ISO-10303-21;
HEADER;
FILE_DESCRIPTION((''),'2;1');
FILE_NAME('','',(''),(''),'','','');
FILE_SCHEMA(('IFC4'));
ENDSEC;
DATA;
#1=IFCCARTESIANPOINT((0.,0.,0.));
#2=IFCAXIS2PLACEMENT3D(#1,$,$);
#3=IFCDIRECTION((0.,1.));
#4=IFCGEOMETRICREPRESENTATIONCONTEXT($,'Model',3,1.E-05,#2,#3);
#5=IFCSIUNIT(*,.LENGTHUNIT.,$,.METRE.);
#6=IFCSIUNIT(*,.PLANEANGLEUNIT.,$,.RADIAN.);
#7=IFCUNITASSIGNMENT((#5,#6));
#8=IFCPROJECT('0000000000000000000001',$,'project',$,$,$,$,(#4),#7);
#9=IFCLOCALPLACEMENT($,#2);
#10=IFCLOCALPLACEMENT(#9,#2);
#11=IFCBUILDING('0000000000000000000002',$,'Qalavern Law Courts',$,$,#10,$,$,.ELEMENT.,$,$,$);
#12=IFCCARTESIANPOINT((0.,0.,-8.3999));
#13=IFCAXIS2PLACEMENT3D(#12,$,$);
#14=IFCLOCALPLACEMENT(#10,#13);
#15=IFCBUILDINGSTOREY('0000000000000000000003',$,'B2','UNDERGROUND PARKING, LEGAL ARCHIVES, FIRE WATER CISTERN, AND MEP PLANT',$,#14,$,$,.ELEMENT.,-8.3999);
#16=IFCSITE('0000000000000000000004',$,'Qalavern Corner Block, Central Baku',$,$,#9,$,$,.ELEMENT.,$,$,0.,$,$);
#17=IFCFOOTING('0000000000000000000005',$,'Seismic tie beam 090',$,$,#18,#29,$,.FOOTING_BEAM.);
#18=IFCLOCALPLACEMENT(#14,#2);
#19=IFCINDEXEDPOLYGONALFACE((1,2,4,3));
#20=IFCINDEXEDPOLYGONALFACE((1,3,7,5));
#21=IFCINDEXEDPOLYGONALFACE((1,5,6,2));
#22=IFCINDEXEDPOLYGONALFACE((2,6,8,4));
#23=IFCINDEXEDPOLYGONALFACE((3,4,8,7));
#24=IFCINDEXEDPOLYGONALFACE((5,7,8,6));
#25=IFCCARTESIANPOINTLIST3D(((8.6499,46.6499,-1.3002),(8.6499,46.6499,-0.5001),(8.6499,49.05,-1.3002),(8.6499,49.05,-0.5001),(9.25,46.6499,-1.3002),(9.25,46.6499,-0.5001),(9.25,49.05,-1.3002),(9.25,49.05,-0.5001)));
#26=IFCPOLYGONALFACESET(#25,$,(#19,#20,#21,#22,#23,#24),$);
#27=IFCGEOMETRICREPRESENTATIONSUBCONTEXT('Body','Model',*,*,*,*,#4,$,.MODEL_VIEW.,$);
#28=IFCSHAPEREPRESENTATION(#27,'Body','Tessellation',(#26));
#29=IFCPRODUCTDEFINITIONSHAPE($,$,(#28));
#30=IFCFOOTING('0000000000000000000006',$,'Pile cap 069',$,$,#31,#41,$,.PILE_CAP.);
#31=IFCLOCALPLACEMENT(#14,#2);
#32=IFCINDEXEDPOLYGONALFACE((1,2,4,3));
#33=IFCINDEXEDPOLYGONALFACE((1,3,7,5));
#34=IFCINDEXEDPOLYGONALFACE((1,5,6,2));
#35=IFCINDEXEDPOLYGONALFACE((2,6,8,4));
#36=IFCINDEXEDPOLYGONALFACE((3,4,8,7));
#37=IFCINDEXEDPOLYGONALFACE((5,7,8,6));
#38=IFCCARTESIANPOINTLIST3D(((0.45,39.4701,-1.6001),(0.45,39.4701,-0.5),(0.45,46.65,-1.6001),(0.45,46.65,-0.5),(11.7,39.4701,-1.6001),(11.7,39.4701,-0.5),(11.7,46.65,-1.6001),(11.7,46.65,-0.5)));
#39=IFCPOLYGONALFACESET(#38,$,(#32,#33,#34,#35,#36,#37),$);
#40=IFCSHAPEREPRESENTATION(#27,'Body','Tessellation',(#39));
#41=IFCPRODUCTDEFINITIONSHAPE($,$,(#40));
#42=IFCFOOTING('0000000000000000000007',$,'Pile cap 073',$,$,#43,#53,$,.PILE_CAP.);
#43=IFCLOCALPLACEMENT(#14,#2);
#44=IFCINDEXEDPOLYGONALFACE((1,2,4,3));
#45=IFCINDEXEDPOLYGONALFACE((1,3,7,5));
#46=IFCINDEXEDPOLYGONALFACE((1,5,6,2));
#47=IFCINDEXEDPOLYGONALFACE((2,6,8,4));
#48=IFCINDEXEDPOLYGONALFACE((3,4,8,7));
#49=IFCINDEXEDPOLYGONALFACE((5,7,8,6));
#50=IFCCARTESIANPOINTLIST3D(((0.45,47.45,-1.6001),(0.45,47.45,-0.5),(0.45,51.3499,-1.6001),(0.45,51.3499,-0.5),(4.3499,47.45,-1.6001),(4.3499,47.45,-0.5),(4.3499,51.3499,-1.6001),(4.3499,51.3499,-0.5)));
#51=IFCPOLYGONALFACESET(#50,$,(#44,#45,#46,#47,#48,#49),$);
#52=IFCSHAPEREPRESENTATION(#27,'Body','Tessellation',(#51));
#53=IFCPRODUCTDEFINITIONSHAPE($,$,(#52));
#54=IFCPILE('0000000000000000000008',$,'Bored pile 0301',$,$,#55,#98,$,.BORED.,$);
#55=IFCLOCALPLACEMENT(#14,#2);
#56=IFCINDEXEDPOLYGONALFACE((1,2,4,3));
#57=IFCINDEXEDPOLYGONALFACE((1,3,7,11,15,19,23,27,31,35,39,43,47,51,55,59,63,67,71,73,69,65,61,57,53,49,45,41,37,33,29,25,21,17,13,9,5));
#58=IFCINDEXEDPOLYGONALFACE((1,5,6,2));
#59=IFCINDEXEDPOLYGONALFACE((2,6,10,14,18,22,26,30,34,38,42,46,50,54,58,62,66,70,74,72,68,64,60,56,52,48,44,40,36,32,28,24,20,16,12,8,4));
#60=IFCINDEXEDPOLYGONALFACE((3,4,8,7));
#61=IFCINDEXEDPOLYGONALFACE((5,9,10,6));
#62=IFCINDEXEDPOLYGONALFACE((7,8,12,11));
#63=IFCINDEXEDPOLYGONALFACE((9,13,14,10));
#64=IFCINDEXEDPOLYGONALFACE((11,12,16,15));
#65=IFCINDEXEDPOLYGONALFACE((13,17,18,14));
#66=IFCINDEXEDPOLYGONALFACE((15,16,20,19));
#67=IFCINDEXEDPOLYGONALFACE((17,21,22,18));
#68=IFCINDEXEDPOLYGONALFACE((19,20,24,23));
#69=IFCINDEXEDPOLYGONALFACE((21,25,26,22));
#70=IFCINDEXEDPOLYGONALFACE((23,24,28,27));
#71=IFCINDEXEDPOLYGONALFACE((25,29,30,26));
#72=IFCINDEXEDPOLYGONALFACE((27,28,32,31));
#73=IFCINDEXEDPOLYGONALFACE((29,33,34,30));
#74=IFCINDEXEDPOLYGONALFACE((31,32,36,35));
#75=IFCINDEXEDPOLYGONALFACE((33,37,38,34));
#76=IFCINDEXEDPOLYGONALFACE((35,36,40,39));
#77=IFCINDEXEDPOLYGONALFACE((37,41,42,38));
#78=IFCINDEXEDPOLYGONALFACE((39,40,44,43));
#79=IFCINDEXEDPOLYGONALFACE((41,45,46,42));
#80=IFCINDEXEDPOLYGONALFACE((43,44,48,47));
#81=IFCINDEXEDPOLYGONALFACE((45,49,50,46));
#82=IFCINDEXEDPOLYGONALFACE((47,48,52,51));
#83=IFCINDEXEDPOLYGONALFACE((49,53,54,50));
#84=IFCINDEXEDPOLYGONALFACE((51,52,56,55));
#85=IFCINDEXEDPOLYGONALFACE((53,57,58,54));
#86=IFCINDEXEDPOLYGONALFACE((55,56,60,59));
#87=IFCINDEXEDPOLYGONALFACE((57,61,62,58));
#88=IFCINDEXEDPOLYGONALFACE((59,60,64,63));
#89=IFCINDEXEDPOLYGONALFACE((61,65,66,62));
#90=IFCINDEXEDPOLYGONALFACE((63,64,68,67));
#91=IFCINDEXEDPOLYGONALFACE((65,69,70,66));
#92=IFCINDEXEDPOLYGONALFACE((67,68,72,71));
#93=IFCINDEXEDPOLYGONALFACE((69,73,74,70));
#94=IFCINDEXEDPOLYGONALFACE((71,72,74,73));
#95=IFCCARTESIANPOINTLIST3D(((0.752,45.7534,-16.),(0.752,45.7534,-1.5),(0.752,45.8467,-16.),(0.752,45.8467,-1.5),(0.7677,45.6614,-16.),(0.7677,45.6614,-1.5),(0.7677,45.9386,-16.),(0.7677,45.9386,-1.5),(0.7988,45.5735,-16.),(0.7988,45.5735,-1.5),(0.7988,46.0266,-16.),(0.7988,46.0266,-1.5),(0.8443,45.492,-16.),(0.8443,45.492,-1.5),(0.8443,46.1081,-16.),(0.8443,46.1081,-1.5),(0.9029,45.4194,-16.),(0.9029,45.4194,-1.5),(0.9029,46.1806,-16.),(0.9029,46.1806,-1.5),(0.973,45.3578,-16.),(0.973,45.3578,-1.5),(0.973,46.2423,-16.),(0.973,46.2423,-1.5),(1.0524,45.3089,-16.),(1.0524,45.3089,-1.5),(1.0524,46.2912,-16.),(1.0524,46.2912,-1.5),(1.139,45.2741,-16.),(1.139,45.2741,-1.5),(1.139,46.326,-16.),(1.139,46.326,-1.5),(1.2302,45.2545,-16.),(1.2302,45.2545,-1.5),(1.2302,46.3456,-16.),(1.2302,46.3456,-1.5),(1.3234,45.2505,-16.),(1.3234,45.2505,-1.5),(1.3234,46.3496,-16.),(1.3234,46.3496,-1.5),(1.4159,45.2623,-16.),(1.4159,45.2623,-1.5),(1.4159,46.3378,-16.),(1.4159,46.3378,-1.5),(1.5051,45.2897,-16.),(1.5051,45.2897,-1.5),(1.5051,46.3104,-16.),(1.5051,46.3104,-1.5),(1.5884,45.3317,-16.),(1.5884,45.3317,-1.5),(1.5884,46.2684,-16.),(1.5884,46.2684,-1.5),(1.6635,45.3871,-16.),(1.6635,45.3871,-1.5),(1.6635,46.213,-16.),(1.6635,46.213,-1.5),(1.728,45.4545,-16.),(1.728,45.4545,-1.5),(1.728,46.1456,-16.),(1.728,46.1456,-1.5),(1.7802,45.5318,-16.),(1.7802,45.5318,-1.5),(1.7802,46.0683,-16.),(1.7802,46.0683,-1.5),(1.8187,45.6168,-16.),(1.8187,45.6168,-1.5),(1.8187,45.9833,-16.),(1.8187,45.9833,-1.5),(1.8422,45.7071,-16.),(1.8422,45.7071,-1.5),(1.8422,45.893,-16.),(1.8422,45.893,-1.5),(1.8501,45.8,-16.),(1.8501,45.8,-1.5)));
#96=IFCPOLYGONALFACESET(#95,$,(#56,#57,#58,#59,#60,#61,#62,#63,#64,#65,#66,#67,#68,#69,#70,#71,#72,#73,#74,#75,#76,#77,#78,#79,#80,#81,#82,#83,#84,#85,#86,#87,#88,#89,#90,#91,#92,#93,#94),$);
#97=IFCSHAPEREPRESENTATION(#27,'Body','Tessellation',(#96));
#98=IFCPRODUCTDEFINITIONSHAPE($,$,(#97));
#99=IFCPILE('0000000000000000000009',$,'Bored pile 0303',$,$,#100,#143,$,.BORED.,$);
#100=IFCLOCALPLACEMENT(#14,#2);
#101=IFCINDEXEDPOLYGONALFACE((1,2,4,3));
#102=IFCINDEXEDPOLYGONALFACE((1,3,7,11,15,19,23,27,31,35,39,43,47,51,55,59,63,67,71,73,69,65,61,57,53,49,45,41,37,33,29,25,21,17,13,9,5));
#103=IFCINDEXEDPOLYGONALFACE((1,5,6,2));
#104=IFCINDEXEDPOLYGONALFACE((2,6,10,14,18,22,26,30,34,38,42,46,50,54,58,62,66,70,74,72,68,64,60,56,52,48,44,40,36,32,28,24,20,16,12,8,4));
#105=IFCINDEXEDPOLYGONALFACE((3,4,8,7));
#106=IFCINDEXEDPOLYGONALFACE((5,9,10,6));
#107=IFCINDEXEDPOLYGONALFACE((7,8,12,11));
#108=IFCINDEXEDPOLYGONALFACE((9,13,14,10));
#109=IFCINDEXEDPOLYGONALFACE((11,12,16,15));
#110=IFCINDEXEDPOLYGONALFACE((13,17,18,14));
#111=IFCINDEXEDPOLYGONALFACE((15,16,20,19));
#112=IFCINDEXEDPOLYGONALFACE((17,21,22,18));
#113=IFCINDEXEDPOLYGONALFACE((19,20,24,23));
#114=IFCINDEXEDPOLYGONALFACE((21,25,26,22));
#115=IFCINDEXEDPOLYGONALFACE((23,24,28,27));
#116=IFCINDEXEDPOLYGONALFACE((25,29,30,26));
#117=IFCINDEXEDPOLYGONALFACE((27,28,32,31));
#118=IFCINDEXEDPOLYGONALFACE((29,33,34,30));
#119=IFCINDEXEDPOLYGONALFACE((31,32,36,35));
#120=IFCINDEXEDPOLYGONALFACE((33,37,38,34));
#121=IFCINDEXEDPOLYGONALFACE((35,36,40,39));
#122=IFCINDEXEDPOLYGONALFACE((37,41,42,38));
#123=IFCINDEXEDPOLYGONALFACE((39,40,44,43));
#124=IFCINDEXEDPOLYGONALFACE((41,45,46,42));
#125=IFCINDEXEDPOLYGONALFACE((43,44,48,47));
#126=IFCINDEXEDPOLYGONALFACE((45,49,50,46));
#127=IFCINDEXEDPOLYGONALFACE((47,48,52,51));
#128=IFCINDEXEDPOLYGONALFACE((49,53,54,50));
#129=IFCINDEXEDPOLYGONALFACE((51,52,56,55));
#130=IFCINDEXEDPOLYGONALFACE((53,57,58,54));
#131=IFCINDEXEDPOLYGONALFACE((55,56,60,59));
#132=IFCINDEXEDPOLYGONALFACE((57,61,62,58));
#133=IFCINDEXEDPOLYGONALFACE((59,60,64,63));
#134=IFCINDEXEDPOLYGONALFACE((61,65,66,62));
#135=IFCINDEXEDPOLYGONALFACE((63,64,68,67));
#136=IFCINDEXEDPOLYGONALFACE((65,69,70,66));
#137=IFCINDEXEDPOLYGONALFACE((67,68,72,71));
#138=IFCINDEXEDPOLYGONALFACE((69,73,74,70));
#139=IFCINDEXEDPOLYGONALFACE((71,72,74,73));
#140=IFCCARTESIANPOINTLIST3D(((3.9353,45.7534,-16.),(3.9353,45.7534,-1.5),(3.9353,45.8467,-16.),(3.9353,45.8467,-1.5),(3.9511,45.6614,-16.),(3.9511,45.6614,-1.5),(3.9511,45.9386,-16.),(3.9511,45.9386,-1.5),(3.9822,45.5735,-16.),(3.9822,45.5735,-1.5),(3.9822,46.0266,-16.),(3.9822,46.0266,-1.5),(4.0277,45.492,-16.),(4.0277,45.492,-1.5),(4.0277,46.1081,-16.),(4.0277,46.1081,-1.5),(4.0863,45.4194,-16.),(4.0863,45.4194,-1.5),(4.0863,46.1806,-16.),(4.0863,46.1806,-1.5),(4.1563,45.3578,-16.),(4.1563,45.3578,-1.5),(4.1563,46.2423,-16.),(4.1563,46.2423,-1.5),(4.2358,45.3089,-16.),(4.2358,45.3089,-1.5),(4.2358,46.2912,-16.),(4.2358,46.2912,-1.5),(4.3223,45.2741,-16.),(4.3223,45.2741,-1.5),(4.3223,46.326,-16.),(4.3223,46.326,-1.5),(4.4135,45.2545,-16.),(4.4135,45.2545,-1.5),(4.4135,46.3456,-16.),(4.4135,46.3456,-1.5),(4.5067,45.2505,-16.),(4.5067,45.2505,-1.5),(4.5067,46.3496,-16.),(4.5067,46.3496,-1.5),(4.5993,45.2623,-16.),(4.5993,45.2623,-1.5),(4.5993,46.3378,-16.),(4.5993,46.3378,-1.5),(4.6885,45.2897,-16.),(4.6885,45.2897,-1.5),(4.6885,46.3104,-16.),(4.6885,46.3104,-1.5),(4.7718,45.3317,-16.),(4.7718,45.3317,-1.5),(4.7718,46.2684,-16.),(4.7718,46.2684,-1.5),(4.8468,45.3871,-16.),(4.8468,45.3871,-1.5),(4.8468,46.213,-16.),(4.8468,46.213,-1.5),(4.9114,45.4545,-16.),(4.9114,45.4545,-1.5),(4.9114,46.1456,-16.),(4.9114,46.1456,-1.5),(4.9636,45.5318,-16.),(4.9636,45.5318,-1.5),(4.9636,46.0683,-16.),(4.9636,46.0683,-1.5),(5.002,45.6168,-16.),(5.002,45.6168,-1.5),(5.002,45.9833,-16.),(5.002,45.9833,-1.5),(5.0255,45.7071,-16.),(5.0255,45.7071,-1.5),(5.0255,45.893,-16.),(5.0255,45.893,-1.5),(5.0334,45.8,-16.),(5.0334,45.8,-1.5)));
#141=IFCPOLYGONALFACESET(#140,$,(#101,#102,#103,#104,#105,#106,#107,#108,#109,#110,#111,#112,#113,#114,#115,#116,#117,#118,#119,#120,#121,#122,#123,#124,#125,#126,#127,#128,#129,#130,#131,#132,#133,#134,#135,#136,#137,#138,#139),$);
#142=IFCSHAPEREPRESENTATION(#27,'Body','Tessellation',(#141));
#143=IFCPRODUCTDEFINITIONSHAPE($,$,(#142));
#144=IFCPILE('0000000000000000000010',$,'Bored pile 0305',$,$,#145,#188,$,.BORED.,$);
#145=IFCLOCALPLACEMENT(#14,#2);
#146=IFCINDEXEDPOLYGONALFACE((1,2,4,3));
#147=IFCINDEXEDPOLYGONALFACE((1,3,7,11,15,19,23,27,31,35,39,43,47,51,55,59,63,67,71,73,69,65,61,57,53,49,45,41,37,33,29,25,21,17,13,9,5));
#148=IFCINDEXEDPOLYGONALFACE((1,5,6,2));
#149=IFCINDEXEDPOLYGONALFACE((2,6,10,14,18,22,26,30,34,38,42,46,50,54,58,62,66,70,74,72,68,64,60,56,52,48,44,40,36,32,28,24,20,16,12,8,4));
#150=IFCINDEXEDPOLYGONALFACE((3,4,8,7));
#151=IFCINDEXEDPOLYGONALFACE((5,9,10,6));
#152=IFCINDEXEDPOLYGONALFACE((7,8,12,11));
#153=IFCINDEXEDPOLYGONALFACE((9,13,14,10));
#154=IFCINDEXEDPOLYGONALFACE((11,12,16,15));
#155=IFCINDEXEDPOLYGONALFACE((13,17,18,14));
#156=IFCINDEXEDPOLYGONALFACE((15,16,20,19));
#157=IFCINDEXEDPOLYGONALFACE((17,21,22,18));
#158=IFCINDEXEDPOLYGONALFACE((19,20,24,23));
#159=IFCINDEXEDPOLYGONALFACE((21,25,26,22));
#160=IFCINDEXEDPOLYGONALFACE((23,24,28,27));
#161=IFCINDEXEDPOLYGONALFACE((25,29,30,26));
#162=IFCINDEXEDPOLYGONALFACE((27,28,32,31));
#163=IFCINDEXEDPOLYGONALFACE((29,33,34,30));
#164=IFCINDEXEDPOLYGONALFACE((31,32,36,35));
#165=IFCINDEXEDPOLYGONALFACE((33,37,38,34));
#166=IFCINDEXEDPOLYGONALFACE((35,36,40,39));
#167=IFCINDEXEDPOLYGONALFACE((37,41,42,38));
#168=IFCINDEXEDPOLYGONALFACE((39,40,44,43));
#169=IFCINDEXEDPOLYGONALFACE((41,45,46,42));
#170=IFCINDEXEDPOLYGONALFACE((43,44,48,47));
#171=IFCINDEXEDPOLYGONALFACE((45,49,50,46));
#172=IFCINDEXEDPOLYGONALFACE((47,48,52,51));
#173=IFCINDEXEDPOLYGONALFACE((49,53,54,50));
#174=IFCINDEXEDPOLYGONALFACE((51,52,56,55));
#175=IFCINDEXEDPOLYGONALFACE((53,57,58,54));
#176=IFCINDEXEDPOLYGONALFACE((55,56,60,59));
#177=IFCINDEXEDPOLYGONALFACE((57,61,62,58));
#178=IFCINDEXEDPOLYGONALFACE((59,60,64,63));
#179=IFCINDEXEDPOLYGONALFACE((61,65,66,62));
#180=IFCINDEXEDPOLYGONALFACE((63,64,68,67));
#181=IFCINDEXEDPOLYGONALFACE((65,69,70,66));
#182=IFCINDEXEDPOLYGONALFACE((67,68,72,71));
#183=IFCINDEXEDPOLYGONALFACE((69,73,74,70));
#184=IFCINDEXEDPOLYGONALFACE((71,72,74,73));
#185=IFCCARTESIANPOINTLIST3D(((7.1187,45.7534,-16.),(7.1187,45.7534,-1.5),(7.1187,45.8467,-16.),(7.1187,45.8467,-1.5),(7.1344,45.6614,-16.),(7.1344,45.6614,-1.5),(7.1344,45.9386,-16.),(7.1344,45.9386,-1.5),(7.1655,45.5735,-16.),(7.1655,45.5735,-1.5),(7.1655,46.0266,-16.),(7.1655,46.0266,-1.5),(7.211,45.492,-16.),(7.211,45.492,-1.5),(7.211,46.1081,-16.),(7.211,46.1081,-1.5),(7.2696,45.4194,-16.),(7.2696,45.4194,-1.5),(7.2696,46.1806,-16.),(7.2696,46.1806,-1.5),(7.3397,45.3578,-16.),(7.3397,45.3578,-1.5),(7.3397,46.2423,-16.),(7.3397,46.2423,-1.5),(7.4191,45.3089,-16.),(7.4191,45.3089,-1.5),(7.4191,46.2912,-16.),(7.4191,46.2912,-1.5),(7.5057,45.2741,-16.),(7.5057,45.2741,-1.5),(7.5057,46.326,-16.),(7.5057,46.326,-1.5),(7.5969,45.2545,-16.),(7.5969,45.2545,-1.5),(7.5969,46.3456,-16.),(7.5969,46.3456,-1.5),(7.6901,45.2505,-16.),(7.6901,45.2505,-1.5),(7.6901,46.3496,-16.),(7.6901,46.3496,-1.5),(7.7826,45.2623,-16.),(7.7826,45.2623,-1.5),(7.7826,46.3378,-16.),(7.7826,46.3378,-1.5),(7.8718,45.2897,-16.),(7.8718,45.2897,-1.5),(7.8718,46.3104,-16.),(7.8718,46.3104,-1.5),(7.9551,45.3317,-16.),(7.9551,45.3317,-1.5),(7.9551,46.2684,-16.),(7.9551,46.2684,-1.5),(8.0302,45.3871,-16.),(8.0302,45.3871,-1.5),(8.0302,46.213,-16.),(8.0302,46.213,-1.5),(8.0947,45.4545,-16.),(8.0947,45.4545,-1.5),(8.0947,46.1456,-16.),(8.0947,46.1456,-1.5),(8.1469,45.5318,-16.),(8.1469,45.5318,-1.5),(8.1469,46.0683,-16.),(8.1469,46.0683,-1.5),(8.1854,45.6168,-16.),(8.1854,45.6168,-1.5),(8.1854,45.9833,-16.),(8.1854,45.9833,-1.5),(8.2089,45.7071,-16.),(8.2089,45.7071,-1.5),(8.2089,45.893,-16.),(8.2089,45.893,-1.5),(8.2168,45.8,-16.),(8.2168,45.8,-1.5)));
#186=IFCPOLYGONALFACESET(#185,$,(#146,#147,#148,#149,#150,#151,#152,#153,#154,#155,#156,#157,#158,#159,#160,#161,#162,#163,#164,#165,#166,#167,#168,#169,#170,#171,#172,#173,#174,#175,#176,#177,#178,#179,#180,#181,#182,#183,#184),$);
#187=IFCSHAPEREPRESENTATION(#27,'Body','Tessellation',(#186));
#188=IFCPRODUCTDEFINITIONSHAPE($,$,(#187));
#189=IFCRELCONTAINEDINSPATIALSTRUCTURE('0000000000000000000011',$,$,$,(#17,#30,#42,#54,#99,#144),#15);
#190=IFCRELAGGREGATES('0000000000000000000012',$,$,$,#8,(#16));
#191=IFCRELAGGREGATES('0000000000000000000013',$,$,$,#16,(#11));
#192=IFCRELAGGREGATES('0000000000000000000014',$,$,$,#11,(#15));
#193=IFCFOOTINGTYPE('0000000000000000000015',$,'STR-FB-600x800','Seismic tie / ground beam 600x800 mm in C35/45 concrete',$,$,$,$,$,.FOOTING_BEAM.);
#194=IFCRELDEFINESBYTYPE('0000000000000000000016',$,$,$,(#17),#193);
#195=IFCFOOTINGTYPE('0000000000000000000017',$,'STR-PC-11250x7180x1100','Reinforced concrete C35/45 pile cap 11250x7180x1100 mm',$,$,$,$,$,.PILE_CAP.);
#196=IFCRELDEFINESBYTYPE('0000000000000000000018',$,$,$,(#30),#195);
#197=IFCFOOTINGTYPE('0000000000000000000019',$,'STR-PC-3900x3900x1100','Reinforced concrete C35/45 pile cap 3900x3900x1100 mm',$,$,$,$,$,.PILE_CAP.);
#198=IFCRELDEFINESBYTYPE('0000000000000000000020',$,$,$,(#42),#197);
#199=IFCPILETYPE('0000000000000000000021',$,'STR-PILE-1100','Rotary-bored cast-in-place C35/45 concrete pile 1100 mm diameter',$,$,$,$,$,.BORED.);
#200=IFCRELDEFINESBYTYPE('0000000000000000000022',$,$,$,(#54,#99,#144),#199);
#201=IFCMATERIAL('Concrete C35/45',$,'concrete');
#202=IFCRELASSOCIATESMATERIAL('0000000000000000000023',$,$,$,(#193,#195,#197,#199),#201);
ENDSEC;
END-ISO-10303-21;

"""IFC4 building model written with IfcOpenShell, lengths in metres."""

from ifc_helpers import new_model, si_unit, direction, frame, origin, origin_2d, place, context, subcontext, project, spatial, rectangle, circle, extrude, material, material_profile, profile_set, type_object, element, save


model = new_model("IFC4")

# Units and contexts
model_context = context("Model", 3, precision=1e-05, world=origin(), true_north=direction((0.0, 1.0)))
body_context = subcontext(model_context, "Body", "Model", "MODEL_VIEW")
ifc_project = project(units=[si_unit("LENGTHUNIT", "METRE"), si_unit("PLANEANGLEUNIT", "RADIAN")], contexts=[model_context])

# Site, building, storey
site_placement = place(None, origin())
site = spatial("IfcSite", under=ifc_project, at=site_placement, Name="Qalavern Corner Block, Central Baku", CompositionType="ELEMENT", RefElevation=0.0)
building_placement = place(site_placement, origin())
building = spatial("IfcBuilding", under=site, at=building_placement, Name="Qalavern Law Courts", CompositionType="ELEMENT")
storey_placement = place(building_placement, frame((0.0, 0.0, -8.3999)))
storey = spatial("IfcBuildingStorey", under=building, at=storey_placement, Name="B2", Description="UNDERGROUND PARKING, LEGAL ARCHIVES, FIRE WATER CISTERN, AND MEP PLANT", CompositionType="ELEMENT", Elevation=-8.3999)

# Footings
ifc_material_1 = material(Name="Concrete C35/45", Category="concrete")
ifc_material_profile_1 = material_profile(ifc_material_1, rectangle(XDim=0.6001, YDim=0.8, at=origin_2d()), Name="RC 600x800")
ifc_profile_set_1 = profile_set([ifc_material_profile_1], Name="Concrete C35/45")
footing_type_1 = type_object("IfcFootingType", Name="STR-FB-600x800", Description="Seismic tie / ground beam 600x800 mm in C35/45 concrete", PredefinedType="FOOTING_BEAM", material=ifc_profile_set_1)
footing_1_placement = place(storey_placement, frame((8.95, 46.6499, -0.9001), z_axis=(0.0, 1.0, 0.0), x_axis=(-1.0, 0.0, 0.0)))
element("IfcFooting", 1, at=footing_1_placement, inside=storey, type_object=footing_type_1, Name="Seismic tie beam 090", PredefinedType="FOOTING_BEAM", context=body_context, shape_type="SweptSolid", body=[
    extrude(rectangle(XDim=0.6001, YDim=0.8, at=origin_2d()), origin(), (0.0, 0.0, 1.0), 2.4001),
])
footing_type_2 = type_object("IfcFootingType", Name="STR-PC-11250x7180x1100", Description="Reinforced concrete C35/45 pile cap 11250x7180x1100 mm", PredefinedType="PILE_CAP", material=ifc_material_1)
footing_2_placement = place(storey_placement, frame((6.075, 43.0601, -1.6001), z_axis=(0.0, 0.0, 1.0), x_axis=(1.0, 0.0, 0.0)))
element("IfcFooting", 2, at=footing_2_placement, inside=storey, type_object=footing_type_2, Name="Pile cap 069", PredefinedType="PILE_CAP", context=body_context, shape_type="SweptSolid", body=[
    extrude(rectangle(XDim=11.25, YDim=7.1799, at=origin_2d()), origin(), (0.0, 0.0, 1.0), 1.1001),
])
footing_type_3 = type_object("IfcFootingType", Name="STR-PC-3900x3900x1100", Description="Reinforced concrete C35/45 pile cap 3900x3900x1100 mm", PredefinedType="PILE_CAP", material=ifc_material_1)
footing_3_placement = place(storey_placement, frame((2.3999, 49.3999, -1.6001), z_axis=(0.0, 0.0, 1.0), x_axis=(1.0, 0.0, 0.0)))
element("IfcFooting", 3, at=footing_3_placement, inside=storey, type_object=footing_type_3, Name="Pile cap 073", PredefinedType="PILE_CAP", context=body_context, shape_type="SweptSolid", body=[
    extrude(rectangle(XDim=3.8999, YDim=3.8999, at=origin_2d()), origin(), (0.0, 0.0, 1.0), 1.1001),
])

# Piles
ifc_material_profile_2 = material_profile(ifc_material_1, circle(Radius=0.55, at=origin_2d()), Name="BORED PILE 1100")
ifc_profile_set_2 = profile_set([ifc_material_profile_2], Name="Concrete C35/45")
pile_type = type_object("IfcPileType", Name="STR-PILE-1100", Description="Rotary-bored cast-in-place C35/45 concrete pile 1100 mm diameter", PredefinedType="BORED", material=ifc_profile_set_2)
for number, where, z_axis, x_axis, name in (
    (4, (1.3, 45.8, -1.5), (0.0, 0.0, -1.0), (1.0, 0.0, 0.0), "Bored pile 0301"),
    (5, (4.4834, 45.8, -1.5), (0.0, 0.0, -1.0), (1.0, 0.0, 0.0), "Bored pile 0303"),
    (6, (7.6667, 45.8, -1.5), (0.0, 0.0, -1.0), (1.0, 0.0, 0.0), "Bored pile 0305"),
):
    element("IfcPile", number, at=place(storey_placement, frame(where, z_axis=z_axis, x_axis=x_axis)), inside=storey, type_object=pile_type, Name=name, PredefinedType="BORED", context=body_context, shape_type="SweptSolid", body=[
        extrude(circle(Radius=0.55, at=origin_2d()), origin(), (0.0, 0.0, 1.0), 14.5),
    ])

save(model, "model.ifc")
